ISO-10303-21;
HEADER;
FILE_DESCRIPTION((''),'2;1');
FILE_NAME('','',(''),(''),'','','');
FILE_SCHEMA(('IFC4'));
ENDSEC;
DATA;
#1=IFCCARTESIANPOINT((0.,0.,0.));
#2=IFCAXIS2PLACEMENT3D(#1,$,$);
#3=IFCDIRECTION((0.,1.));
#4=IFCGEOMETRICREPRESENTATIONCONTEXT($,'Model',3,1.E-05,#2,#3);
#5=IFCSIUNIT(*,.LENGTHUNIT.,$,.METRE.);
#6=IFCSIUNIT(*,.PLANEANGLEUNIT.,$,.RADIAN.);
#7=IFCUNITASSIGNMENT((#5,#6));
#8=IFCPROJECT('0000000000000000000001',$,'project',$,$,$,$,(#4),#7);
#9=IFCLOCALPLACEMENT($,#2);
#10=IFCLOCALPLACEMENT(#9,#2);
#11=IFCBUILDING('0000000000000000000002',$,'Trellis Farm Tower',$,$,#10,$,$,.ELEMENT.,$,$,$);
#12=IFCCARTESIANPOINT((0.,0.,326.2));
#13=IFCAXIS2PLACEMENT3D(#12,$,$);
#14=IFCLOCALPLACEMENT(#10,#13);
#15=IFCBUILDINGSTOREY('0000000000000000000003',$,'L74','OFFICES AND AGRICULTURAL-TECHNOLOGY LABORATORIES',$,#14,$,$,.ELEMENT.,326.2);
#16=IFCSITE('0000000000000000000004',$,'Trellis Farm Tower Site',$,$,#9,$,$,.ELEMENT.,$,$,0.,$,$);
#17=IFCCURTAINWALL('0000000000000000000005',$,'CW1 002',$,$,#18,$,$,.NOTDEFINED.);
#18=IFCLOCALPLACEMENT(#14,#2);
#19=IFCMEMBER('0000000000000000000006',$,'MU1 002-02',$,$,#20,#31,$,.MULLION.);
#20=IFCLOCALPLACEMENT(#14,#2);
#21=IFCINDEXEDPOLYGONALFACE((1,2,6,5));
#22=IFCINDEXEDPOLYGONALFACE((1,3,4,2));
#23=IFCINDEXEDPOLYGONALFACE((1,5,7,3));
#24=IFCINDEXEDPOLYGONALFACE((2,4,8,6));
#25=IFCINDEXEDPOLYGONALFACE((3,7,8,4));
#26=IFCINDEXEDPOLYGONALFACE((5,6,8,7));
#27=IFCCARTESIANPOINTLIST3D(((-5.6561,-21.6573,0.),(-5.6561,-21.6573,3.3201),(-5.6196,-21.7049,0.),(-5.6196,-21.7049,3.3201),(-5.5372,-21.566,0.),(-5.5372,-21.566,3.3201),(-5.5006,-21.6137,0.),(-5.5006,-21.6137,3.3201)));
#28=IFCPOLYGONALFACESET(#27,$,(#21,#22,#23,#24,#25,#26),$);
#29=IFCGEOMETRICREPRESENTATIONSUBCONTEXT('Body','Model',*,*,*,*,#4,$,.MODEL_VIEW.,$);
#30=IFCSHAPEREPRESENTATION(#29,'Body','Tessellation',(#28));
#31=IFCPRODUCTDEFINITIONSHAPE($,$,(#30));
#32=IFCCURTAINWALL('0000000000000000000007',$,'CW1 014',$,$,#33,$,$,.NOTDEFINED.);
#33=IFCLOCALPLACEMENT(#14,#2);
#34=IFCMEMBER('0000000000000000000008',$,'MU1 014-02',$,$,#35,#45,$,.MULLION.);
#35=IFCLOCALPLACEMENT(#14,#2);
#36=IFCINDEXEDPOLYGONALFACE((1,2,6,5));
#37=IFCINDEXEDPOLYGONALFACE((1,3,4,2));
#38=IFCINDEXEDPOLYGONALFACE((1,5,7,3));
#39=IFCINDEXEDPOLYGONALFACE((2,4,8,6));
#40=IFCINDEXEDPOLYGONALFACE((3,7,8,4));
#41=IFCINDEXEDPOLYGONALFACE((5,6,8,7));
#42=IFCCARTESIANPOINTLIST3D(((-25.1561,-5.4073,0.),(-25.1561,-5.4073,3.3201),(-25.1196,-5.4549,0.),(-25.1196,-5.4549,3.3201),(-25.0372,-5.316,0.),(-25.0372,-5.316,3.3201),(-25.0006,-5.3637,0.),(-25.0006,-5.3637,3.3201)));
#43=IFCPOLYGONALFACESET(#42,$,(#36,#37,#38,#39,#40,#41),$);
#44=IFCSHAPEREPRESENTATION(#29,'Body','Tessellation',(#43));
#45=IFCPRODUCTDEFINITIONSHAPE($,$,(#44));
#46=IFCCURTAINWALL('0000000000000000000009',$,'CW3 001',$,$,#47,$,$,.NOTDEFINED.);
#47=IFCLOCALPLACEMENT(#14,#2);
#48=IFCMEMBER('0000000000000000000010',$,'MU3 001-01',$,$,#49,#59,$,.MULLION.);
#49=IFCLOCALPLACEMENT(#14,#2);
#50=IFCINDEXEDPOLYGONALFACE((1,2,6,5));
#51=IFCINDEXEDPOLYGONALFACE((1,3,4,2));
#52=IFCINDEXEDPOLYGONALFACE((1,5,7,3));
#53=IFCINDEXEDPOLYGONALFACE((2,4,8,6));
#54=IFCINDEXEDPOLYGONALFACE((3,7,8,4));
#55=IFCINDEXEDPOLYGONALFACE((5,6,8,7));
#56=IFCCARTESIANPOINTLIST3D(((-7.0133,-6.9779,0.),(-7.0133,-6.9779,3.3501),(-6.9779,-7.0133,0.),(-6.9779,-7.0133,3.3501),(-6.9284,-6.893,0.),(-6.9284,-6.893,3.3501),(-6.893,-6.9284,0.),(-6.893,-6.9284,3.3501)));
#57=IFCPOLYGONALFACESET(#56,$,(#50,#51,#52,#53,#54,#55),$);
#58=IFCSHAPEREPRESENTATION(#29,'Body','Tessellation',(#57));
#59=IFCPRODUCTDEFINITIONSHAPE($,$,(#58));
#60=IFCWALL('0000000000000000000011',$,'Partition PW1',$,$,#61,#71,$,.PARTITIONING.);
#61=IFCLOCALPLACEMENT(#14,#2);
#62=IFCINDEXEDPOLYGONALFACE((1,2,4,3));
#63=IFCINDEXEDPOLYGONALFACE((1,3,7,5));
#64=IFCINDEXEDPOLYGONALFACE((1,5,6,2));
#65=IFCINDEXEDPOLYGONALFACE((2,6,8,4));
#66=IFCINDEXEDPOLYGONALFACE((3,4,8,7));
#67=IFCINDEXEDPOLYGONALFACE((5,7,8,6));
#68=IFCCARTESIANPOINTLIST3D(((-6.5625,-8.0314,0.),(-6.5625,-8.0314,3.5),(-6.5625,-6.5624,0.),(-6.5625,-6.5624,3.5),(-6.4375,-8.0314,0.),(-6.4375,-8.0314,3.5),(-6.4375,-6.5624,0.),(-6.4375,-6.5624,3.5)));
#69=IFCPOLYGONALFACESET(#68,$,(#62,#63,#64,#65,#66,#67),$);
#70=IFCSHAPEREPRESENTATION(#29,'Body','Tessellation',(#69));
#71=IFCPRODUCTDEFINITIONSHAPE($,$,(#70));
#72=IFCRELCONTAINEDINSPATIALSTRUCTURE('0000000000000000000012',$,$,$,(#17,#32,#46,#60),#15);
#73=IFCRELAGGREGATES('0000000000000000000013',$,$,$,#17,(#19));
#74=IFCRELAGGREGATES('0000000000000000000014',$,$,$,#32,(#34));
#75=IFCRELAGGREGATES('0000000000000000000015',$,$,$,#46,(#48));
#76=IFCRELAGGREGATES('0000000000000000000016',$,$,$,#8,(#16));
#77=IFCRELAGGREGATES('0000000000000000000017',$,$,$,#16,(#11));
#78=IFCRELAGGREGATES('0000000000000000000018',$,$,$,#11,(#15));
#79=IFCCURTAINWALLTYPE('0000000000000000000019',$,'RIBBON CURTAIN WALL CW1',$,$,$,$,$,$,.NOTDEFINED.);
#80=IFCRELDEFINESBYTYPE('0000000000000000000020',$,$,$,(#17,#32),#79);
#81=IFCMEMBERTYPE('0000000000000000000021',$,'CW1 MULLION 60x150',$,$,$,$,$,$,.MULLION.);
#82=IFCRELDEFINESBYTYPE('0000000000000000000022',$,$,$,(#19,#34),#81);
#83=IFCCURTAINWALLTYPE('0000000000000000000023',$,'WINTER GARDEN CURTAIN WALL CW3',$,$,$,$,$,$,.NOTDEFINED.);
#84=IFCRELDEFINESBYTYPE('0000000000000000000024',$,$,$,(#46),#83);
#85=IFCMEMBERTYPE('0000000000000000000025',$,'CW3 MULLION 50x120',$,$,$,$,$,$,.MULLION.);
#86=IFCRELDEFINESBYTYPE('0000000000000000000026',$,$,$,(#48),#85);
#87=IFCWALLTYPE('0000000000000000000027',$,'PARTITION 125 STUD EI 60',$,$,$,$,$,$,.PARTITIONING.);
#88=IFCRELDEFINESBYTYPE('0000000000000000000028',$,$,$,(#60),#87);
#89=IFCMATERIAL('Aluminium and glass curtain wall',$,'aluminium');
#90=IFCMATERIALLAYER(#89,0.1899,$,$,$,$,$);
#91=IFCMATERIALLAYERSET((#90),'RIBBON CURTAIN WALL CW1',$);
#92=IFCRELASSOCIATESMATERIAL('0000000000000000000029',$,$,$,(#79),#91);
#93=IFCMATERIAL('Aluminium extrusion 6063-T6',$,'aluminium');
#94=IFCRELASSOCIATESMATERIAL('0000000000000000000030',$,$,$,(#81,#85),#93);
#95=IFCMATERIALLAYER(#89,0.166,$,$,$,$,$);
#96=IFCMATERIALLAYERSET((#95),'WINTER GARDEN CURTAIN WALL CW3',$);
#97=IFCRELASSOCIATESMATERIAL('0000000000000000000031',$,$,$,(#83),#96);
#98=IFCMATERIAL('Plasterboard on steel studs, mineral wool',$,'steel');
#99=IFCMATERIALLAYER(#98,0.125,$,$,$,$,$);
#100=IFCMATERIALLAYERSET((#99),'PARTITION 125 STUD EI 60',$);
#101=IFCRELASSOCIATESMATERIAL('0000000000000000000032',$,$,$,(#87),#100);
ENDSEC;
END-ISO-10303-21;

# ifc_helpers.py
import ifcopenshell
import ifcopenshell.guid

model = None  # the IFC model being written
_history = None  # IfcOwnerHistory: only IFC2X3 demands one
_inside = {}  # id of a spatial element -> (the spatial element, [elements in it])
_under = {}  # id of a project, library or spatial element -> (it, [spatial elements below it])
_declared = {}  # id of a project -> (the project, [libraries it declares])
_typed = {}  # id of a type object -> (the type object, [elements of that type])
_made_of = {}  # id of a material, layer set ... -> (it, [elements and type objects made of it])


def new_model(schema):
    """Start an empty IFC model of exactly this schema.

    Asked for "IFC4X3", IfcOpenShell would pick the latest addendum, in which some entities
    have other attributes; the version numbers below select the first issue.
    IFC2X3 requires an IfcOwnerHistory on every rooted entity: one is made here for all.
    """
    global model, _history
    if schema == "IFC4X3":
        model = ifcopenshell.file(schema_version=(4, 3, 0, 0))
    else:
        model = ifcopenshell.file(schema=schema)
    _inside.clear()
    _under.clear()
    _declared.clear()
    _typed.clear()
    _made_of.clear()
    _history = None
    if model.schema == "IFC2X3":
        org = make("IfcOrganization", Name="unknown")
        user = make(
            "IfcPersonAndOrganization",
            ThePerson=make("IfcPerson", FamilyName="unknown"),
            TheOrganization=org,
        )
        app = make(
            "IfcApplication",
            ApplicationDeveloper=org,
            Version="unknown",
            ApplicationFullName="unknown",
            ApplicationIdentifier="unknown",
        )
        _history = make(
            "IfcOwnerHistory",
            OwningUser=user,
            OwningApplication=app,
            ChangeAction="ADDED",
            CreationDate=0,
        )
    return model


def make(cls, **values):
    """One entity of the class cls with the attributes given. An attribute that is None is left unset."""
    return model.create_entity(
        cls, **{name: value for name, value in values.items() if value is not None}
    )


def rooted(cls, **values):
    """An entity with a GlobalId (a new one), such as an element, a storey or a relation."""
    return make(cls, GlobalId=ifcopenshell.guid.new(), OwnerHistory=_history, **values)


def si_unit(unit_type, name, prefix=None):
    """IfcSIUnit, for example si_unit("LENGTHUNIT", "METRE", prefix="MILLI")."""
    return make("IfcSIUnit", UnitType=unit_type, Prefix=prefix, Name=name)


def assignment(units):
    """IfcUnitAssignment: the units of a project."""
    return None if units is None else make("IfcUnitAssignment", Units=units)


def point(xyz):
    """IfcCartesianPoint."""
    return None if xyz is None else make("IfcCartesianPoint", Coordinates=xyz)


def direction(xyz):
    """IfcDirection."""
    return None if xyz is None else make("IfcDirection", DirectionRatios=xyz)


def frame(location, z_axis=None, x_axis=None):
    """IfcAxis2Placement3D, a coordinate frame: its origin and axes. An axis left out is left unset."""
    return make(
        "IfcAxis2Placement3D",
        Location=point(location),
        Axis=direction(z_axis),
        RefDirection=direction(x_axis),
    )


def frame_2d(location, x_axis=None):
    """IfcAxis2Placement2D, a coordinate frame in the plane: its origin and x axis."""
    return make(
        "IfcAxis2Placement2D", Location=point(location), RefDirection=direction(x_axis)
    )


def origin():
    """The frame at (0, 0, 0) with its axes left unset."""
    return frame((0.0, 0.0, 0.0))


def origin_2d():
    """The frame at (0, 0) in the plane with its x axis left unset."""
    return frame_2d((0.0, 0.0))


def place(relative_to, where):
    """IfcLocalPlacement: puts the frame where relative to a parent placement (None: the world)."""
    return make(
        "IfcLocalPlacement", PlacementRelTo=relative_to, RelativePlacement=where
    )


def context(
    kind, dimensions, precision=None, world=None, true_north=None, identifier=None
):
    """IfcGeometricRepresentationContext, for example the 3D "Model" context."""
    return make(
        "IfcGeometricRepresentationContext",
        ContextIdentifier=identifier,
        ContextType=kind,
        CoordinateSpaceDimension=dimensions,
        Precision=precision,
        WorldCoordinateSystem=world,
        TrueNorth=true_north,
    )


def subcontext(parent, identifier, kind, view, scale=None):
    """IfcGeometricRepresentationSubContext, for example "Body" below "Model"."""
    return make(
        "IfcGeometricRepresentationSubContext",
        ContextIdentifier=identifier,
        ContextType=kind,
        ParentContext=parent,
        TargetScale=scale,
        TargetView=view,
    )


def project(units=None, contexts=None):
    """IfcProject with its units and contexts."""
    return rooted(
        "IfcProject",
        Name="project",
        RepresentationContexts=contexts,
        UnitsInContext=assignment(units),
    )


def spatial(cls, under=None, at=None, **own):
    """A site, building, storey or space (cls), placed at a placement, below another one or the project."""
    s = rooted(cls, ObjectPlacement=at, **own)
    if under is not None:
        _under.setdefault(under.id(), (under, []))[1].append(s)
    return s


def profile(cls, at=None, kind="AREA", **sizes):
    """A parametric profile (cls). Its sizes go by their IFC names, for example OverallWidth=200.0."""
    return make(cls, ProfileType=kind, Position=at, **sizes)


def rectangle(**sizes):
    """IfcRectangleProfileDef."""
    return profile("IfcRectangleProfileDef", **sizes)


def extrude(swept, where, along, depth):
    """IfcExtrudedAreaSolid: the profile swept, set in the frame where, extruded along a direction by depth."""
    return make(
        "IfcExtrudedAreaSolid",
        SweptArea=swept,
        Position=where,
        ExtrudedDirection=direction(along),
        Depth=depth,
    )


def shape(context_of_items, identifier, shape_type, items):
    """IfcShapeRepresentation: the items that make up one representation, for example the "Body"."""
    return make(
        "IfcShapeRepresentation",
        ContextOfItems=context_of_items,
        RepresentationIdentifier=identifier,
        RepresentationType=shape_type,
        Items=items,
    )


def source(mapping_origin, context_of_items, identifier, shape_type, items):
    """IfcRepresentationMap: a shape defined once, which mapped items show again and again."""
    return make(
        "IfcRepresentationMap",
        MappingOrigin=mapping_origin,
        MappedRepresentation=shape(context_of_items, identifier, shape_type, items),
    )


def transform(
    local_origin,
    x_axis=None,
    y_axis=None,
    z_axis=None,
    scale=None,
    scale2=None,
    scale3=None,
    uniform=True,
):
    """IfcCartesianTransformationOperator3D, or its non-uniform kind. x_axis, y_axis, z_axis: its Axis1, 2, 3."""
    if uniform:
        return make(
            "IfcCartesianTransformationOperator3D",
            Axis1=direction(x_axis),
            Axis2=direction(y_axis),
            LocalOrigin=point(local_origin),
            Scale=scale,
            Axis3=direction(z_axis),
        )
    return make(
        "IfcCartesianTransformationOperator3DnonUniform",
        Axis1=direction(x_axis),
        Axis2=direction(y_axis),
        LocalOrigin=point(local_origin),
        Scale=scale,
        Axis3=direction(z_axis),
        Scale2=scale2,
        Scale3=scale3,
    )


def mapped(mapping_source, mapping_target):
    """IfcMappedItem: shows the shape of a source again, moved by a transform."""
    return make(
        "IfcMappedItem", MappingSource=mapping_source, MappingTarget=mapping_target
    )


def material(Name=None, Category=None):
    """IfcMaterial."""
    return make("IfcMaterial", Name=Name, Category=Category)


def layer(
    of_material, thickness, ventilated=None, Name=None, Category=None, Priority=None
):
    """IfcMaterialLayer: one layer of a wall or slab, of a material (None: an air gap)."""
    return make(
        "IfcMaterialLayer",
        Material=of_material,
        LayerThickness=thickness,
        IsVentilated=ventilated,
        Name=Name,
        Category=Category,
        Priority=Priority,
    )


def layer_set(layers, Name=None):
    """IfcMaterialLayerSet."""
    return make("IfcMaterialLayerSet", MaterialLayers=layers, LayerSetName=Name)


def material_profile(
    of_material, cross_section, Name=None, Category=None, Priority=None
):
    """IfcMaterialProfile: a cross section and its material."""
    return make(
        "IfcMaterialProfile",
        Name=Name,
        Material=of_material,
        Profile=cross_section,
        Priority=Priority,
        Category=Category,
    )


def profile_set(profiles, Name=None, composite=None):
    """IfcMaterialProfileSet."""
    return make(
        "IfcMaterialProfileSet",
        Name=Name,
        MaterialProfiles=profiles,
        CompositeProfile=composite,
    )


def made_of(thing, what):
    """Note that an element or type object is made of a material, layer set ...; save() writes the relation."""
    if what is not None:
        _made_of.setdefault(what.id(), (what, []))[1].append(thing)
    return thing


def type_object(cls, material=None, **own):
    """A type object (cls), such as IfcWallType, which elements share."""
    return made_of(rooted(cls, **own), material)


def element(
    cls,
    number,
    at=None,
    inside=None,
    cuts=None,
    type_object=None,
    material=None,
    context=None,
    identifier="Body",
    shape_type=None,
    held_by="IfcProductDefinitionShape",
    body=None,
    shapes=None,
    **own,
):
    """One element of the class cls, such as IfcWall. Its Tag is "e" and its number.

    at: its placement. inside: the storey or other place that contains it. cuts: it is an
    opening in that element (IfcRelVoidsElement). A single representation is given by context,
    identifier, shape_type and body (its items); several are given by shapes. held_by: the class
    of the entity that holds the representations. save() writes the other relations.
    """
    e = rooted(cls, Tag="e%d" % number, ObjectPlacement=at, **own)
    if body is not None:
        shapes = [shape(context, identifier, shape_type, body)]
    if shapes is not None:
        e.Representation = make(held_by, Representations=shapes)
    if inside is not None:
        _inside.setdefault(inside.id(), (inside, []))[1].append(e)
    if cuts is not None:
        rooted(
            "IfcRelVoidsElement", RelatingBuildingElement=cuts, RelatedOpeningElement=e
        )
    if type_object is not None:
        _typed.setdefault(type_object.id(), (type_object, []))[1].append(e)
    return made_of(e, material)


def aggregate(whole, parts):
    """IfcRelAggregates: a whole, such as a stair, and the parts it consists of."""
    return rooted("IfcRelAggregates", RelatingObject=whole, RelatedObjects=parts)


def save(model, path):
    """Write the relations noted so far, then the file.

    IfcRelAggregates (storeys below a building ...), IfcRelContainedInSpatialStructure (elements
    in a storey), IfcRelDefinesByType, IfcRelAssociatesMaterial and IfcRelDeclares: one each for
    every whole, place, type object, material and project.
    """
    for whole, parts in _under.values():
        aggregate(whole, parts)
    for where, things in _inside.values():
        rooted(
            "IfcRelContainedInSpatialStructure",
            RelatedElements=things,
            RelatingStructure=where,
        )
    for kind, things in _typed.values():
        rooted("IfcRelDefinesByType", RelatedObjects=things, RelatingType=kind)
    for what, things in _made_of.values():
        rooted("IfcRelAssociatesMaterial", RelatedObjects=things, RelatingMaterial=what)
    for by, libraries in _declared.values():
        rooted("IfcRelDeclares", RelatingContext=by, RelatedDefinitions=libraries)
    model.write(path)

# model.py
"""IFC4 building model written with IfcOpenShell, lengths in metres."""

from ifc_helpers import new_model, si_unit, direction, frame, frame_2d, origin, origin_2d, place, context, subcontext, project, spatial, rectangle, extrude, source, transform, mapped, material, layer, layer_set, material_profile, profile_set, type_object, element, aggregate, save


model = new_model("IFC4")

# Units and contexts
model_context = context("Model", 3, precision=1e-05, world=origin(), true_north=direction((0.0, 1.0)))
body_context = subcontext(model_context, "Body", "Model", "MODEL_VIEW")
ifc_project = project(units=[si_unit("LENGTHUNIT", "METRE"), si_unit("PLANEANGLEUNIT", "RADIAN")], contexts=[model_context])

# Site, building, storey
site_placement = place(None, origin())
site = spatial("IfcSite", under=ifc_project, at=site_placement, Name="Trellis Farm Tower Site", CompositionType="ELEMENT", RefElevation=0.0)
building_placement = place(site_placement, origin())
building = spatial("IfcBuilding", under=site, at=building_placement, Name="Trellis Farm Tower", CompositionType="ELEMENT")
storey_placement = place(building_placement, frame((0.0, 0.0, 326.2)))
storey = spatial("IfcBuildingStorey", under=building, at=storey_placement, Name="L74", Description="OFFICES AND AGRICULTURAL-TECHNOLOGY LABORATORIES", CompositionType="ELEMENT", Elevation=326.2)

# Curtain wall, member
ifc_material_1 = material(Name="Aluminium and glass curtain wall", Category="aluminium")
ifc_layer_1 = layer(ifc_material_1, 0.1899)
ifc_layer_set_1 = layer_set([ifc_layer_1], Name="RIBBON CURTAIN WALL CW1")
curtain_wall_type_1 = type_object("IfcCurtainWallType", Name="RIBBON CURTAIN WALL CW1", PredefinedType="NOTDEFINED", material=ifc_layer_set_1)
placement = place(storey_placement, origin())
ifc_material_2 = material(Name="Aluminium extrusion 6063-T6", Category="aluminium")
ifc_material_profile_1 = material_profile(ifc_material_2, rectangle(XDim=0.0601, YDim=0.1499, at=origin_2d()), Name="MULLION 60x150")
ifc_profile_set_1 = profile_set([ifc_material_profile_1], Name="Aluminium extrusion 6063-T6")
member_type_1 = type_object("IfcMemberType", Name="CW1 MULLION 60x150", PredefinedType="MULLION", material=ifc_profile_set_1)
shared_shape_1 = source(origin(), body_context, "Body", "SweptSolid", [
    extrude(rectangle(XDim=0.0601, YDim=0.1499, at=origin_2d()), origin(), (0.0, 0.0, 1.0), 3.3201),
])
curtain_wall_1 = element("IfcCurtainWall", 1, at=placement, inside=storey, type_object=curtain_wall_type_1, Name="CW1 002", PredefinedType="NOTDEFINED")
member_1_placement = place(storey_placement, frame((-5.5784, -21.6355, 0.0), z_axis=(0.0, 0.0, 1.0), x_axis=(0.608761, -0.793353, 0.0)))
member_1 = element("IfcMember", 2, at=member_1_placement, type_object=member_type_1, Name="MU1 002-02", PredefinedType="MULLION", context=body_context, shape_type="MappedRepresentation", body=[
    mapped(shared_shape_1, transform((0.0, 0.0, 0.0))),
])
aggregate(curtain_wall_1, [member_1])

# Curtain walls, members
curtain_wall_2 = element("IfcCurtainWall", 3, at=placement, inside=storey, type_object=curtain_wall_type_1, Name="CW1 014", PredefinedType="NOTDEFINED")
member_2_placement = place(storey_placement, frame((-25.0784, -5.3855, 0.0), z_axis=(0.0, 0.0, 1.0), x_axis=(0.608761, -0.793353, 0.0)))
member_2 = element("IfcMember", 4, at=member_2_placement, type_object=member_type_1, Name="MU1 014-02", PredefinedType="MULLION", context=body_context, shape_type="MappedRepresentation", body=[
    mapped(shared_shape_1, transform((0.0, 0.0, 0.0))),
])
aggregate(curtain_wall_2, [member_2])
ifc_layer_2 = layer(ifc_material_1, 0.166)
ifc_layer_set_2 = layer_set([ifc_layer_2], Name="WINTER GARDEN CURTAIN WALL CW3")
curtain_wall_type_2 = type_object("IfcCurtainWallType", Name="WINTER GARDEN CURTAIN WALL CW3", PredefinedType="NOTDEFINED", material=ifc_layer_set_2)
curtain_wall_3 = element("IfcCurtainWall", 5, at=placement, inside=storey, type_object=curtain_wall_type_2, Name="CW3 001", PredefinedType="NOTDEFINED")
ifc_material_profile_2 = material_profile(ifc_material_2, rectangle(XDim=0.05, YDim=0.1201, at=origin_2d()), Name="MULLION 50x120")
ifc_profile_set_2 = profile_set([ifc_material_profile_2], Name="Aluminium extrusion 6063-T6")
member_type_2 = type_object("IfcMemberType", Name="CW3 MULLION 50x120", PredefinedType="MULLION", material=ifc_profile_set_2)
shared_shape_2 = source(origin(), body_context, "Body", "SweptSolid", [
    extrude(rectangle(XDim=0.05, YDim=0.1201, at=origin_2d()), origin(), (0.0, 0.0, 1.0), 3.3501),
])
member_3_placement = place(storey_placement, frame((-6.9531, -6.9531, 0.0), z_axis=(0.0, 0.0, 1.0), x_axis=(0.707107, -0.707107, 0.0)))
member_3 = element("IfcMember", 6, at=member_3_placement, type_object=member_type_2, Name="MU3 001-01", PredefinedType="MULLION", context=body_context, shape_type="MappedRepresentation", body=[
    mapped(shared_shape_2, transform((0.0, 0.0, 0.0))),
])
aggregate(curtain_wall_3, [member_3])

# Wall
ifc_material_3 = material(Name="Plasterboard on steel studs, mineral wool", Category="steel")
ifc_layer_3 = layer(ifc_material_3, 0.125)
ifc_layer_set_3 = layer_set([ifc_layer_3], Name="PARTITION 125 STUD EI 60")
wall_type = type_object("IfcWallType", Name="PARTITION 125 STUD EI 60", PredefinedType="PARTITIONING", material=ifc_layer_set_3)
shared_shape_3 = source(origin(), body_context, "Body", "SweptSolid", [
    extrude(rectangle(XDim=1.469, YDim=0.125, at=frame_2d((0.7344, 0.0))), origin(), (0.0, 0.0, 1.0), 3.5),
])
wall_placement = place(storey_placement, frame((-6.5, -6.5625, 0.0), z_axis=(0.0, 0.0, 1.0), x_axis=(0.0, -1.0, 0.0)))
element("IfcWall", 7, at=wall_placement, inside=storey, type_object=wall_type, Name="Partition PW1", PredefinedType="PARTITIONING", context=body_context, shape_type="MappedRepresentation", body=[
    mapped(shared_shape_3, transform((0.0, 0.0, 0.0))),
])

save(model, "model.ifc")
